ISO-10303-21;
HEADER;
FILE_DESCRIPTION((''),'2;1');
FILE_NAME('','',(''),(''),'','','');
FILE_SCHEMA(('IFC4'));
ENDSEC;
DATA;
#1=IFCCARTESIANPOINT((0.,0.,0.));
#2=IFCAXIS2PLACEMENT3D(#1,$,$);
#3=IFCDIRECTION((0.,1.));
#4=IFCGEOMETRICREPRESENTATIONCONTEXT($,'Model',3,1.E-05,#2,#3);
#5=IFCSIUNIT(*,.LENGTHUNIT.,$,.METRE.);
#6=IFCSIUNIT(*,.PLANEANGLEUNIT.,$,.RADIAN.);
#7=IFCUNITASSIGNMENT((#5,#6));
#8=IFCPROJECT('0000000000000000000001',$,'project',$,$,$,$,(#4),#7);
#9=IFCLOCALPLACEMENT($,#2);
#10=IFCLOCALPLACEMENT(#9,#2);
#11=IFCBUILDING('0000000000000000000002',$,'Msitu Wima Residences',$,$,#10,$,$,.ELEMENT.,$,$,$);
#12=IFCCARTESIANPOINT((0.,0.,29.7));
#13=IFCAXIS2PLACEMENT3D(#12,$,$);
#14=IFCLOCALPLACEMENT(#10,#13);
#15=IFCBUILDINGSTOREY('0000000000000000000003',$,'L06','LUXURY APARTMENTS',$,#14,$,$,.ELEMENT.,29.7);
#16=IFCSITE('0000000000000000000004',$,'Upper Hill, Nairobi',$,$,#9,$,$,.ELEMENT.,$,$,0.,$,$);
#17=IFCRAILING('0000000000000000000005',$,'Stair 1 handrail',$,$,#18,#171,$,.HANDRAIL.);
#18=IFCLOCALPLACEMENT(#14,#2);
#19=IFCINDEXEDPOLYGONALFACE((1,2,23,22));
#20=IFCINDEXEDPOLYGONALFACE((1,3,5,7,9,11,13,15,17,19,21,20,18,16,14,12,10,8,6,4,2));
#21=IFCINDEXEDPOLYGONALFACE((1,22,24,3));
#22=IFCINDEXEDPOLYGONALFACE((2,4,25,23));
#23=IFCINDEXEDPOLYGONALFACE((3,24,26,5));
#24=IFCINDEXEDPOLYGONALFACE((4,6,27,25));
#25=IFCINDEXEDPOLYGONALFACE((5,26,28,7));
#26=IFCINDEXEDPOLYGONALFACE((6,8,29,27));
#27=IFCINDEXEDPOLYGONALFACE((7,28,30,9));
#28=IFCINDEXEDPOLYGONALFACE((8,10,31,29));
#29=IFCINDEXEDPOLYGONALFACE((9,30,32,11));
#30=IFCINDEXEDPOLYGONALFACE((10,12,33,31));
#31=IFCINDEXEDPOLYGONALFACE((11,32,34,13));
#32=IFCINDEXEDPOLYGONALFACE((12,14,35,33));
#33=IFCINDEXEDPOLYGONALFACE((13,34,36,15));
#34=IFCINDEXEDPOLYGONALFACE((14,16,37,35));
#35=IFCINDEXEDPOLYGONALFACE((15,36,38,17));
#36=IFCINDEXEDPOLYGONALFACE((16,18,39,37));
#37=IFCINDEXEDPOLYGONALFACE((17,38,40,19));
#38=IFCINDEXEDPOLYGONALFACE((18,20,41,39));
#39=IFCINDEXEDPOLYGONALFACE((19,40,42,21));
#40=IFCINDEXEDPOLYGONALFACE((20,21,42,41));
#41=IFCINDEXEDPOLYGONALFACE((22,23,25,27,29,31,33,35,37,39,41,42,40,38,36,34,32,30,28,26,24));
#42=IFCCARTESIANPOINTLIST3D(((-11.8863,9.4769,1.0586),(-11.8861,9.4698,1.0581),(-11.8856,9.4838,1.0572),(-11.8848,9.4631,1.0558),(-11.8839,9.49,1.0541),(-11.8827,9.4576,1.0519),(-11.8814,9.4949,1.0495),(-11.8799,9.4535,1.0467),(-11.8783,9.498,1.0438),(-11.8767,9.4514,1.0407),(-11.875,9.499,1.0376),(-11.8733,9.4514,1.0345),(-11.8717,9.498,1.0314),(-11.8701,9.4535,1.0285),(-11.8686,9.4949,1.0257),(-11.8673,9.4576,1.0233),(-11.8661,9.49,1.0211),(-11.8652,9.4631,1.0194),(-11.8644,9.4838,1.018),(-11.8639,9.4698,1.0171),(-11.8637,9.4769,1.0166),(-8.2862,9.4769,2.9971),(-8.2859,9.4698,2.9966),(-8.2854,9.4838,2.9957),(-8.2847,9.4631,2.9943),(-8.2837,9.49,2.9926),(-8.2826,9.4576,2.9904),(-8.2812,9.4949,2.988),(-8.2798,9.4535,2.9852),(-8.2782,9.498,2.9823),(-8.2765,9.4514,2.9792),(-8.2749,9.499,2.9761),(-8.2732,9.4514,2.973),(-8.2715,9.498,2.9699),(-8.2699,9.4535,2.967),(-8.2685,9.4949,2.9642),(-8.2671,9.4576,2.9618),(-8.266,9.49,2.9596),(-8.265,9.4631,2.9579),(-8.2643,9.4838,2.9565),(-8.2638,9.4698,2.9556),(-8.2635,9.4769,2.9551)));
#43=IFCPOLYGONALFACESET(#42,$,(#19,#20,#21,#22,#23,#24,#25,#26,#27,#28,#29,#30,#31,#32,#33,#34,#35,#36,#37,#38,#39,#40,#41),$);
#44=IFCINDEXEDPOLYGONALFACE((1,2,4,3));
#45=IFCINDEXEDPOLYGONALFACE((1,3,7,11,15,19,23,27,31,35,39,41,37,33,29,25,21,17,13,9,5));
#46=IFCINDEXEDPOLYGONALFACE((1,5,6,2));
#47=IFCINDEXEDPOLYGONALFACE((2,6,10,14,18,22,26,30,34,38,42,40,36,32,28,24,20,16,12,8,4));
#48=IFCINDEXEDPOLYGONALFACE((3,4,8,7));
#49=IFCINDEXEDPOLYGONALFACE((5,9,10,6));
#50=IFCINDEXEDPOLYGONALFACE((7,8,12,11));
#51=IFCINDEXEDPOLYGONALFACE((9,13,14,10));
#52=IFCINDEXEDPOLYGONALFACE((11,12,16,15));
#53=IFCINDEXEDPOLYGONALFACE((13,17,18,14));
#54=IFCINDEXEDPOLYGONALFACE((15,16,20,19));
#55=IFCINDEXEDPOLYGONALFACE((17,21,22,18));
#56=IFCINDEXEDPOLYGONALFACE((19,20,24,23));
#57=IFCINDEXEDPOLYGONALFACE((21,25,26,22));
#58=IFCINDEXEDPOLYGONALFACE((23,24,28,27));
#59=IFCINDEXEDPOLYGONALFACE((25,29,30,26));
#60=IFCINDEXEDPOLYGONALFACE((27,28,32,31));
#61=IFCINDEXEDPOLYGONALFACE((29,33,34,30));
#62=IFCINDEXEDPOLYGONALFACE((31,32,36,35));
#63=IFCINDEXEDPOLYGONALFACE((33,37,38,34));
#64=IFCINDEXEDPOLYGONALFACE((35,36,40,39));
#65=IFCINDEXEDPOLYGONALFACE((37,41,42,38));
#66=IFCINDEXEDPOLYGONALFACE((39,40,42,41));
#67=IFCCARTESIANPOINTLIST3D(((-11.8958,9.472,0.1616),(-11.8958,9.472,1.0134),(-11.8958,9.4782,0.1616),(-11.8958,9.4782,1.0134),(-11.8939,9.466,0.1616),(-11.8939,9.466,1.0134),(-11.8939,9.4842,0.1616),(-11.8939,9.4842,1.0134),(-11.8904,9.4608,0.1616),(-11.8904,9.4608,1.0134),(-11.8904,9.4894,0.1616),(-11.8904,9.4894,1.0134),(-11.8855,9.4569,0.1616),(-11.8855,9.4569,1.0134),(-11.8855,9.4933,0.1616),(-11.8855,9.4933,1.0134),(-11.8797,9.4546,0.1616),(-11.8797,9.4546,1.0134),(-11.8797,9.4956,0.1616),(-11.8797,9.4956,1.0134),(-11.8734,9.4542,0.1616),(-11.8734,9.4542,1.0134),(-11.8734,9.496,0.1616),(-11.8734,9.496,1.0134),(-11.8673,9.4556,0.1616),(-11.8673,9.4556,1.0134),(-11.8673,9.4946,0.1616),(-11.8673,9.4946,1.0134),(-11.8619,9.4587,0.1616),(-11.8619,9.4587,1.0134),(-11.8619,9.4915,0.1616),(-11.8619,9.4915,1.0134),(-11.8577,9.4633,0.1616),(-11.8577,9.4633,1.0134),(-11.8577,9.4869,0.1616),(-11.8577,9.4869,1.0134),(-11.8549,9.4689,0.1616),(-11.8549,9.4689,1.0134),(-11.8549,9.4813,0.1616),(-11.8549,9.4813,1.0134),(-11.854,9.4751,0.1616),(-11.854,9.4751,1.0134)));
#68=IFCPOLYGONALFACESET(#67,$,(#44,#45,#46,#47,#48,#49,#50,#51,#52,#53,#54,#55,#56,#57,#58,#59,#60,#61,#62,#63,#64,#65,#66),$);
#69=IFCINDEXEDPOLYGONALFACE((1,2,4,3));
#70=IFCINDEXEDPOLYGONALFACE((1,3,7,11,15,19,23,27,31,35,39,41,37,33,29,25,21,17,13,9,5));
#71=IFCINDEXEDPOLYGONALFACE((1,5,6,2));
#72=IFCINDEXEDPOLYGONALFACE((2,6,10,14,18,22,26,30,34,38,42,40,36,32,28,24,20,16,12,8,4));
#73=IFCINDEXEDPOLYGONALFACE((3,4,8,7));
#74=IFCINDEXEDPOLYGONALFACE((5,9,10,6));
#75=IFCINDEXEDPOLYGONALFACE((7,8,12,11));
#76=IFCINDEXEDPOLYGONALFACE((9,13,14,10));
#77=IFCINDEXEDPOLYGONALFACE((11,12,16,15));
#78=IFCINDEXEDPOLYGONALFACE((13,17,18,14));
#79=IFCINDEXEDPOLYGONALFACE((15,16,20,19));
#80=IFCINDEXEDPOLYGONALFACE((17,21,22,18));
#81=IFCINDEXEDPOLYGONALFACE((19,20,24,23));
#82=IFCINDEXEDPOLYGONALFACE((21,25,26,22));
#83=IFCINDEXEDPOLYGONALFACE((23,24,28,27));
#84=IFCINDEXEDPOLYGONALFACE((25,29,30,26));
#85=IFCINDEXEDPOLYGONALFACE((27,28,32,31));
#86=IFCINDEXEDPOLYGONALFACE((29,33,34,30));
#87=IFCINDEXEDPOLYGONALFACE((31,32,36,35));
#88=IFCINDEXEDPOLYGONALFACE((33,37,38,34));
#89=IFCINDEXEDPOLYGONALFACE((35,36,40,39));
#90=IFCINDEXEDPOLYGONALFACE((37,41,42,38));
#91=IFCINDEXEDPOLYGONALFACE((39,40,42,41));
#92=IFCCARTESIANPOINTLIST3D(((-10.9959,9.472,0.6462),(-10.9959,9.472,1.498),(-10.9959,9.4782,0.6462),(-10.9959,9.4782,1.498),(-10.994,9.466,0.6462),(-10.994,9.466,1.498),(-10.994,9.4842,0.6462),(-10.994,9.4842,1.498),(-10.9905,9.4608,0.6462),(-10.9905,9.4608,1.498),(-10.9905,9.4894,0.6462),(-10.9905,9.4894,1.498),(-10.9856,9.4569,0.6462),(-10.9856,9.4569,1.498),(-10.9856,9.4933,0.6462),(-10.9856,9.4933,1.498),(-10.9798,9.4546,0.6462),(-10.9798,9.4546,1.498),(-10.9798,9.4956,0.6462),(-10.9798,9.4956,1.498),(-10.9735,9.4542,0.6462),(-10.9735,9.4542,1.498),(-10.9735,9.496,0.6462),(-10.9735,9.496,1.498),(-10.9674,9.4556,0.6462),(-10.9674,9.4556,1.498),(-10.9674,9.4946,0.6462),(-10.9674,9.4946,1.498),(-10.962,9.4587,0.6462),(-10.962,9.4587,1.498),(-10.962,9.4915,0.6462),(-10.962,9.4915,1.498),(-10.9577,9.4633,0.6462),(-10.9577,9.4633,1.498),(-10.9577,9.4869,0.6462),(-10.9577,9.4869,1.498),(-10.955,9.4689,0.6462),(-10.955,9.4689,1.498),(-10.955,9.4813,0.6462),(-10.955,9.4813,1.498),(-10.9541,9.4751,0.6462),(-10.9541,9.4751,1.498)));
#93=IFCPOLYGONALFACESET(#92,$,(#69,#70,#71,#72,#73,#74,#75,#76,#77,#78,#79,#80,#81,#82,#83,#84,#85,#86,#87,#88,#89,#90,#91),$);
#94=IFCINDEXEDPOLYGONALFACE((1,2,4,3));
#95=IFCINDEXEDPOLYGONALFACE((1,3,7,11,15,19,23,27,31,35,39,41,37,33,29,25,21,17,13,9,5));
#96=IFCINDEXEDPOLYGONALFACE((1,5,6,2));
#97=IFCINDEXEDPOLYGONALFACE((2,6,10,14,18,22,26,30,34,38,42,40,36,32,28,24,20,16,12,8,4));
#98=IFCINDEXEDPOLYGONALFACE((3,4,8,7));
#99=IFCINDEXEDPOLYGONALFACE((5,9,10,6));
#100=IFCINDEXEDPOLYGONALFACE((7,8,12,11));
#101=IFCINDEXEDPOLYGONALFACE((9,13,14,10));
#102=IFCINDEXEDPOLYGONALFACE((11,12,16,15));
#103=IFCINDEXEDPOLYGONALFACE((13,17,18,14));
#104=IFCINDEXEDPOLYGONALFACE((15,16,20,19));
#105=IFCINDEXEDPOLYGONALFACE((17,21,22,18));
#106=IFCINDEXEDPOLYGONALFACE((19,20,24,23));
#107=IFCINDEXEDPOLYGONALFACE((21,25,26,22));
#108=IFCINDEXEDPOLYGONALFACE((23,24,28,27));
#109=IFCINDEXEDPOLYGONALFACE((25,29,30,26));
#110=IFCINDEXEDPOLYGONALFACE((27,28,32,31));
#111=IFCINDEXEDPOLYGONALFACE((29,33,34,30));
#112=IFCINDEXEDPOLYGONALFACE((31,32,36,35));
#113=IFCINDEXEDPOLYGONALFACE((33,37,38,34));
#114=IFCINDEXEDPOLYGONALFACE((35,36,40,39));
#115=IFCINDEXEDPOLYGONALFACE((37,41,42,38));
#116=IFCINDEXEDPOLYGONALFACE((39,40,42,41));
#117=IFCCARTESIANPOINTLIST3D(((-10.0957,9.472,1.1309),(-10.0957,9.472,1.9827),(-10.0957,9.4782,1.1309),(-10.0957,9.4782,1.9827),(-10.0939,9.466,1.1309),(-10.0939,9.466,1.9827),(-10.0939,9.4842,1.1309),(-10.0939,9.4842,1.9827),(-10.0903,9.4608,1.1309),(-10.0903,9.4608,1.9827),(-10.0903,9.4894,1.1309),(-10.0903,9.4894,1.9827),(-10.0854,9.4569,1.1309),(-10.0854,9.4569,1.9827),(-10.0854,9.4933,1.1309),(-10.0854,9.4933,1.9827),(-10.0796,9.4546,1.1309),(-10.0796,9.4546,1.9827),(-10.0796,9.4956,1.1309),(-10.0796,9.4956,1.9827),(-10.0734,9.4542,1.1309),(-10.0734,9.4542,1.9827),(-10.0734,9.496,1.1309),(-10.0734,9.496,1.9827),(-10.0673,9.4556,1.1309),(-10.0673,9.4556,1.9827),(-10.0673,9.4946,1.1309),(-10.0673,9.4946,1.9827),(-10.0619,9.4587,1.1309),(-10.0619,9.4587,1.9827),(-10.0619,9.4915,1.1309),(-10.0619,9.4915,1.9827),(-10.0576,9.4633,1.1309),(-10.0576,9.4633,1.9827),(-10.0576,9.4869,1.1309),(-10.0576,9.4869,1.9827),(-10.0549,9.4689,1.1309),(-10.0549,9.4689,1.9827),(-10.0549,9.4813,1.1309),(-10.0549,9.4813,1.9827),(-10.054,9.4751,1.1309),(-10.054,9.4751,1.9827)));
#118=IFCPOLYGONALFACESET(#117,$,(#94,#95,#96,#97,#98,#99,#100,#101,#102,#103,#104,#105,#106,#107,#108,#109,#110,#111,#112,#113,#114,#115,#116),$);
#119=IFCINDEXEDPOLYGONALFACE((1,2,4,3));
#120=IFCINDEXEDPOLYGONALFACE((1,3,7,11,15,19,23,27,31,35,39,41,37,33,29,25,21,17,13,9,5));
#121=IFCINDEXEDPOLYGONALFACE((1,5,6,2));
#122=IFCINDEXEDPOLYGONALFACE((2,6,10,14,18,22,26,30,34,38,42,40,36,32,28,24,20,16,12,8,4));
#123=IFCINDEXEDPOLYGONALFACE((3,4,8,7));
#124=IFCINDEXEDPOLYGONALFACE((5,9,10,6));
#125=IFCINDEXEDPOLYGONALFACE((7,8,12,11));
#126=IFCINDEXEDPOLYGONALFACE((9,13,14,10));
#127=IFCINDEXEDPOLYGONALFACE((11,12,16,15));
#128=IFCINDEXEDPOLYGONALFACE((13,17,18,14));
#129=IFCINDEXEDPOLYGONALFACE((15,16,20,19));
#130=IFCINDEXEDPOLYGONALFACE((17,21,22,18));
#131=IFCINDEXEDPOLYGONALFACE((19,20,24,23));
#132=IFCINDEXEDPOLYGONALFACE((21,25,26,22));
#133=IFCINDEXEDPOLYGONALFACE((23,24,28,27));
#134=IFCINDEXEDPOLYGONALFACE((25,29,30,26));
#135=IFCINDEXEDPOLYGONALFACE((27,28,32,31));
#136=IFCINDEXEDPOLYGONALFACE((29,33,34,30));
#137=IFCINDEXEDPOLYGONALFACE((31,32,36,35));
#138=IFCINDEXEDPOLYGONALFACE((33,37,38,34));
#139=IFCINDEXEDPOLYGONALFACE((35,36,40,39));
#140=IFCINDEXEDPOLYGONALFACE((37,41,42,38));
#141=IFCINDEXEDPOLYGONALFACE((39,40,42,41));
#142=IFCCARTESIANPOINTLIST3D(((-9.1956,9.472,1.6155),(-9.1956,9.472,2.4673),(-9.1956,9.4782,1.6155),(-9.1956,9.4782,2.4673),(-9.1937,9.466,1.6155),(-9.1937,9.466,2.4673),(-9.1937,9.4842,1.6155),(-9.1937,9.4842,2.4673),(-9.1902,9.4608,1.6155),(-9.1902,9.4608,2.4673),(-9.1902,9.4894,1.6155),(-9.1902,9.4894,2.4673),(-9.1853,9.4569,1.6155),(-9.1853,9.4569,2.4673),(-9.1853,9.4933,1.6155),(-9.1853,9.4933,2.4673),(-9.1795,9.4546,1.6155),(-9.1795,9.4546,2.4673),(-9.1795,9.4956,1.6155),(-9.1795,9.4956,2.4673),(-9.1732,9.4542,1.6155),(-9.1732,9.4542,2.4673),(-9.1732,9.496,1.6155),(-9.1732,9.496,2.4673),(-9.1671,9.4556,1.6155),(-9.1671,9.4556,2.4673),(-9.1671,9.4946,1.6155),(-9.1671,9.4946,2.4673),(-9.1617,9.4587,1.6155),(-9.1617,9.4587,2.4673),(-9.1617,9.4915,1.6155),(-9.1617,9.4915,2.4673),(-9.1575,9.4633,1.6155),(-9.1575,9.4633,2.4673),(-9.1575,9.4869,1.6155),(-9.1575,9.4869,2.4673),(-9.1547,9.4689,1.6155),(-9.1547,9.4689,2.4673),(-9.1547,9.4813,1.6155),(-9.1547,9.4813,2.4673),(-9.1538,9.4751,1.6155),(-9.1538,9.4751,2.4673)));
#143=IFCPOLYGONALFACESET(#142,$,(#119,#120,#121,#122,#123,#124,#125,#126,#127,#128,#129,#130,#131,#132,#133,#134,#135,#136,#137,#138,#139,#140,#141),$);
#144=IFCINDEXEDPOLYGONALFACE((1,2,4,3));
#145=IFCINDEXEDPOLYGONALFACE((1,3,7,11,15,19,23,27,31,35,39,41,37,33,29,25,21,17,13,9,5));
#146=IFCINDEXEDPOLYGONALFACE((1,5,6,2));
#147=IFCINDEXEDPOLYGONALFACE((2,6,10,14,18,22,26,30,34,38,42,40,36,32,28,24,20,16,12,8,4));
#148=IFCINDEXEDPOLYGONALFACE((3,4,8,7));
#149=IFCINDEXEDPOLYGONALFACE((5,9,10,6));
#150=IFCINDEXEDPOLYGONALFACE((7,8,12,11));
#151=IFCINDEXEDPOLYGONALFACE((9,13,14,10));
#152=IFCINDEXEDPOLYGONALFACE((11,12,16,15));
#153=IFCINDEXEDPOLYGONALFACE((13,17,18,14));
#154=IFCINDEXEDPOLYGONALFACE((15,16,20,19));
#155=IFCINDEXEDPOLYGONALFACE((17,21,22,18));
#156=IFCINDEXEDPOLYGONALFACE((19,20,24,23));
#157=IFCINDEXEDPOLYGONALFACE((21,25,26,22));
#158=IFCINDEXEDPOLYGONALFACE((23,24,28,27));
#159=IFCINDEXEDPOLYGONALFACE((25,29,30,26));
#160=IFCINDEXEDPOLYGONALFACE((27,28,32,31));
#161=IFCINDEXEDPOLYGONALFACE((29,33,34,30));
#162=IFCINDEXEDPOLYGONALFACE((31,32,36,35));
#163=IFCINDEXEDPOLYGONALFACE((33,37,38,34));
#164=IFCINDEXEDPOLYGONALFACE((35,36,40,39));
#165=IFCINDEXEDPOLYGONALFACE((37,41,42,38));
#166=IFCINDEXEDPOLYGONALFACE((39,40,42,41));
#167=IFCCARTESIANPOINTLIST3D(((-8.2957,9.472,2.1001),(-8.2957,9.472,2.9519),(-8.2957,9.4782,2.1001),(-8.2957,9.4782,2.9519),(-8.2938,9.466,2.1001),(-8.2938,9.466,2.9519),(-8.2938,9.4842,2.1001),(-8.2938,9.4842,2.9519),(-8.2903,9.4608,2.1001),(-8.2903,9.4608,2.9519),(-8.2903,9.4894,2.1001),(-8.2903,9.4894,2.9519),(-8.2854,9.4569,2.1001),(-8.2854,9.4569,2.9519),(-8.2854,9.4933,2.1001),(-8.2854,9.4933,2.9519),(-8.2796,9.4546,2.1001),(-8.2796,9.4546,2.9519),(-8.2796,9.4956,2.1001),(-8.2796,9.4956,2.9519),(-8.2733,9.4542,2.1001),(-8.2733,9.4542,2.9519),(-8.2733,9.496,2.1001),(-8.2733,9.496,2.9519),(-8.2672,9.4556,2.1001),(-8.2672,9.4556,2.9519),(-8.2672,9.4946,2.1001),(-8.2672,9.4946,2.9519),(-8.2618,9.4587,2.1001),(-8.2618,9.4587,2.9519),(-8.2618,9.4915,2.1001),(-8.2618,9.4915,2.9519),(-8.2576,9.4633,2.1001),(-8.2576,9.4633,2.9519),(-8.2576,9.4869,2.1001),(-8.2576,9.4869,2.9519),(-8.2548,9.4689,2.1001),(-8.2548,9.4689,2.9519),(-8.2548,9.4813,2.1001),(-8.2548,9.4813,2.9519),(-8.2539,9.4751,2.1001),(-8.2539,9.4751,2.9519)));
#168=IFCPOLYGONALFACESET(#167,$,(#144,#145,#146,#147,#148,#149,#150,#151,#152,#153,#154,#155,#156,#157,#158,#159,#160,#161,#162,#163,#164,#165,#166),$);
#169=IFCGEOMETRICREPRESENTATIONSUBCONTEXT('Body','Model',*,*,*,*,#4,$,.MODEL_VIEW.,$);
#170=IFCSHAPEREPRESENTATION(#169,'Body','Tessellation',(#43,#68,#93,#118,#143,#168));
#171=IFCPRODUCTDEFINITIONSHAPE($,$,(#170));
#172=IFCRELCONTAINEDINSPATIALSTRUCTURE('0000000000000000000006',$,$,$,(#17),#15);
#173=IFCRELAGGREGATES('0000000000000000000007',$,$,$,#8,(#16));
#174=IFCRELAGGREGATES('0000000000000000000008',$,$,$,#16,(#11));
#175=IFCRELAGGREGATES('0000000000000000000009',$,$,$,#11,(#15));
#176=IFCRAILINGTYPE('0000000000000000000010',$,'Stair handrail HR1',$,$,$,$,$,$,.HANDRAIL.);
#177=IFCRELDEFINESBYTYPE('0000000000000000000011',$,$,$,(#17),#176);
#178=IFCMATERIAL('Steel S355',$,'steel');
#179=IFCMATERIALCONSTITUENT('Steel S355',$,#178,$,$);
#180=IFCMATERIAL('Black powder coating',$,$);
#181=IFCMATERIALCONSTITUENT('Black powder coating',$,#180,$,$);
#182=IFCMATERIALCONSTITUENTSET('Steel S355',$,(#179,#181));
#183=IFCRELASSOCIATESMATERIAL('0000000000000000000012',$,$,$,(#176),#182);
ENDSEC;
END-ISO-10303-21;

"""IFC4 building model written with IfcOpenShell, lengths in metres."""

from ifc_helpers import new_model, si_unit, direction, frame, origin, origin_2d, place, context, subcontext, project, spatial, circle, extrude, material, constituent, constituent_set, type_object, element, save


model = new_model("IFC4")

# Units and contexts
model_context = context("Model", 3, precision=1e-05, world=origin(), true_north=direction((0.0, 1.0)))
body_context = subcontext(model_context, "Body", "Model", "MODEL_VIEW")
ifc_project = project(units=[si_unit("LENGTHUNIT", "METRE"), si_unit("PLANEANGLEUNIT", "RADIAN")], contexts=[model_context])

# Site, building, storey
site_placement = place(None, origin())
site = spatial("IfcSite", under=ifc_project, at=site_placement, Name="Upper Hill, Nairobi", CompositionType="ELEMENT", RefElevation=0.0)
building_placement = place(site_placement, origin())
building = spatial("IfcBuilding", under=site, at=building_placement, Name="Msitu Wima Residences", CompositionType="ELEMENT")
storey_placement = place(building_placement, frame((0.0, 0.0, 29.7)))
storey = spatial("IfcBuildingStorey", under=building, at=storey_placement, Name="L06", Description="LUXURY APARTMENTS", CompositionType="ELEMENT", Elevation=29.7)

# Railing
ifc_material_1 = material(Name="Steel S355", Category="steel")
ifc_constituent_1 = constituent(ifc_material_1, Name="Steel S355")
ifc_material_2 = material(Name="Black powder coating")
ifc_constituent_2 = constituent(ifc_material_2, Name="Black powder coating")
ifc_constituent_set = constituent_set(constituents=[ifc_constituent_1, ifc_constituent_2], Name="Steel S355")
railing_type = type_object("IfcRailingType", Name="Stair handrail HR1", PredefinedType="HANDRAIL", material=ifc_constituent_set)
for number, where, name in (
    (1, (-11.875, 9.4751, 0.1616), "Stair 1 handrail"),
):
    element("IfcRailing", number, at=place(storey_placement, frame(where)), inside=storey, type_object=railing_type, Name=name, PredefinedType="HANDRAIL", context=body_context, shape_type="SweptSolid", body=[
        extrude(circle(Radius=0.0239, at=origin_2d()), frame((0.0, 0.0, 0.876), z_axis=(0.880475, 0.0, 0.474093), x_axis=(0.0, 1.0, 0.0)), (0.0, 0.0, 1.0), 4.0889),
        extrude(circle(Radius=0.021, at=origin_2d()), origin(), (0.0, 0.0, 1.0), 0.8518),
        extrude(circle(Radius=0.021, at=origin_2d()), frame((0.8999, 0.0, 0.4846)), (0.0, 0.0, 1.0), 0.8518),
        extrude(circle(Radius=0.021, at=origin_2d()), frame((1.8, 0.0, 0.9692)), (0.0, 0.0, 1.0), 0.8518),
        extrude(circle(Radius=0.021, at=origin_2d()), frame((2.7002, 0.0, 1.4539)), (0.0, 0.0, 1.0), 0.8518),
        extrude(circle(Radius=0.021, at=origin_2d()), frame((3.6001, 0.0, 1.9385)), (0.0, 0.0, 1.0), 0.8518),
    ])

save(model, "model.ifc")
